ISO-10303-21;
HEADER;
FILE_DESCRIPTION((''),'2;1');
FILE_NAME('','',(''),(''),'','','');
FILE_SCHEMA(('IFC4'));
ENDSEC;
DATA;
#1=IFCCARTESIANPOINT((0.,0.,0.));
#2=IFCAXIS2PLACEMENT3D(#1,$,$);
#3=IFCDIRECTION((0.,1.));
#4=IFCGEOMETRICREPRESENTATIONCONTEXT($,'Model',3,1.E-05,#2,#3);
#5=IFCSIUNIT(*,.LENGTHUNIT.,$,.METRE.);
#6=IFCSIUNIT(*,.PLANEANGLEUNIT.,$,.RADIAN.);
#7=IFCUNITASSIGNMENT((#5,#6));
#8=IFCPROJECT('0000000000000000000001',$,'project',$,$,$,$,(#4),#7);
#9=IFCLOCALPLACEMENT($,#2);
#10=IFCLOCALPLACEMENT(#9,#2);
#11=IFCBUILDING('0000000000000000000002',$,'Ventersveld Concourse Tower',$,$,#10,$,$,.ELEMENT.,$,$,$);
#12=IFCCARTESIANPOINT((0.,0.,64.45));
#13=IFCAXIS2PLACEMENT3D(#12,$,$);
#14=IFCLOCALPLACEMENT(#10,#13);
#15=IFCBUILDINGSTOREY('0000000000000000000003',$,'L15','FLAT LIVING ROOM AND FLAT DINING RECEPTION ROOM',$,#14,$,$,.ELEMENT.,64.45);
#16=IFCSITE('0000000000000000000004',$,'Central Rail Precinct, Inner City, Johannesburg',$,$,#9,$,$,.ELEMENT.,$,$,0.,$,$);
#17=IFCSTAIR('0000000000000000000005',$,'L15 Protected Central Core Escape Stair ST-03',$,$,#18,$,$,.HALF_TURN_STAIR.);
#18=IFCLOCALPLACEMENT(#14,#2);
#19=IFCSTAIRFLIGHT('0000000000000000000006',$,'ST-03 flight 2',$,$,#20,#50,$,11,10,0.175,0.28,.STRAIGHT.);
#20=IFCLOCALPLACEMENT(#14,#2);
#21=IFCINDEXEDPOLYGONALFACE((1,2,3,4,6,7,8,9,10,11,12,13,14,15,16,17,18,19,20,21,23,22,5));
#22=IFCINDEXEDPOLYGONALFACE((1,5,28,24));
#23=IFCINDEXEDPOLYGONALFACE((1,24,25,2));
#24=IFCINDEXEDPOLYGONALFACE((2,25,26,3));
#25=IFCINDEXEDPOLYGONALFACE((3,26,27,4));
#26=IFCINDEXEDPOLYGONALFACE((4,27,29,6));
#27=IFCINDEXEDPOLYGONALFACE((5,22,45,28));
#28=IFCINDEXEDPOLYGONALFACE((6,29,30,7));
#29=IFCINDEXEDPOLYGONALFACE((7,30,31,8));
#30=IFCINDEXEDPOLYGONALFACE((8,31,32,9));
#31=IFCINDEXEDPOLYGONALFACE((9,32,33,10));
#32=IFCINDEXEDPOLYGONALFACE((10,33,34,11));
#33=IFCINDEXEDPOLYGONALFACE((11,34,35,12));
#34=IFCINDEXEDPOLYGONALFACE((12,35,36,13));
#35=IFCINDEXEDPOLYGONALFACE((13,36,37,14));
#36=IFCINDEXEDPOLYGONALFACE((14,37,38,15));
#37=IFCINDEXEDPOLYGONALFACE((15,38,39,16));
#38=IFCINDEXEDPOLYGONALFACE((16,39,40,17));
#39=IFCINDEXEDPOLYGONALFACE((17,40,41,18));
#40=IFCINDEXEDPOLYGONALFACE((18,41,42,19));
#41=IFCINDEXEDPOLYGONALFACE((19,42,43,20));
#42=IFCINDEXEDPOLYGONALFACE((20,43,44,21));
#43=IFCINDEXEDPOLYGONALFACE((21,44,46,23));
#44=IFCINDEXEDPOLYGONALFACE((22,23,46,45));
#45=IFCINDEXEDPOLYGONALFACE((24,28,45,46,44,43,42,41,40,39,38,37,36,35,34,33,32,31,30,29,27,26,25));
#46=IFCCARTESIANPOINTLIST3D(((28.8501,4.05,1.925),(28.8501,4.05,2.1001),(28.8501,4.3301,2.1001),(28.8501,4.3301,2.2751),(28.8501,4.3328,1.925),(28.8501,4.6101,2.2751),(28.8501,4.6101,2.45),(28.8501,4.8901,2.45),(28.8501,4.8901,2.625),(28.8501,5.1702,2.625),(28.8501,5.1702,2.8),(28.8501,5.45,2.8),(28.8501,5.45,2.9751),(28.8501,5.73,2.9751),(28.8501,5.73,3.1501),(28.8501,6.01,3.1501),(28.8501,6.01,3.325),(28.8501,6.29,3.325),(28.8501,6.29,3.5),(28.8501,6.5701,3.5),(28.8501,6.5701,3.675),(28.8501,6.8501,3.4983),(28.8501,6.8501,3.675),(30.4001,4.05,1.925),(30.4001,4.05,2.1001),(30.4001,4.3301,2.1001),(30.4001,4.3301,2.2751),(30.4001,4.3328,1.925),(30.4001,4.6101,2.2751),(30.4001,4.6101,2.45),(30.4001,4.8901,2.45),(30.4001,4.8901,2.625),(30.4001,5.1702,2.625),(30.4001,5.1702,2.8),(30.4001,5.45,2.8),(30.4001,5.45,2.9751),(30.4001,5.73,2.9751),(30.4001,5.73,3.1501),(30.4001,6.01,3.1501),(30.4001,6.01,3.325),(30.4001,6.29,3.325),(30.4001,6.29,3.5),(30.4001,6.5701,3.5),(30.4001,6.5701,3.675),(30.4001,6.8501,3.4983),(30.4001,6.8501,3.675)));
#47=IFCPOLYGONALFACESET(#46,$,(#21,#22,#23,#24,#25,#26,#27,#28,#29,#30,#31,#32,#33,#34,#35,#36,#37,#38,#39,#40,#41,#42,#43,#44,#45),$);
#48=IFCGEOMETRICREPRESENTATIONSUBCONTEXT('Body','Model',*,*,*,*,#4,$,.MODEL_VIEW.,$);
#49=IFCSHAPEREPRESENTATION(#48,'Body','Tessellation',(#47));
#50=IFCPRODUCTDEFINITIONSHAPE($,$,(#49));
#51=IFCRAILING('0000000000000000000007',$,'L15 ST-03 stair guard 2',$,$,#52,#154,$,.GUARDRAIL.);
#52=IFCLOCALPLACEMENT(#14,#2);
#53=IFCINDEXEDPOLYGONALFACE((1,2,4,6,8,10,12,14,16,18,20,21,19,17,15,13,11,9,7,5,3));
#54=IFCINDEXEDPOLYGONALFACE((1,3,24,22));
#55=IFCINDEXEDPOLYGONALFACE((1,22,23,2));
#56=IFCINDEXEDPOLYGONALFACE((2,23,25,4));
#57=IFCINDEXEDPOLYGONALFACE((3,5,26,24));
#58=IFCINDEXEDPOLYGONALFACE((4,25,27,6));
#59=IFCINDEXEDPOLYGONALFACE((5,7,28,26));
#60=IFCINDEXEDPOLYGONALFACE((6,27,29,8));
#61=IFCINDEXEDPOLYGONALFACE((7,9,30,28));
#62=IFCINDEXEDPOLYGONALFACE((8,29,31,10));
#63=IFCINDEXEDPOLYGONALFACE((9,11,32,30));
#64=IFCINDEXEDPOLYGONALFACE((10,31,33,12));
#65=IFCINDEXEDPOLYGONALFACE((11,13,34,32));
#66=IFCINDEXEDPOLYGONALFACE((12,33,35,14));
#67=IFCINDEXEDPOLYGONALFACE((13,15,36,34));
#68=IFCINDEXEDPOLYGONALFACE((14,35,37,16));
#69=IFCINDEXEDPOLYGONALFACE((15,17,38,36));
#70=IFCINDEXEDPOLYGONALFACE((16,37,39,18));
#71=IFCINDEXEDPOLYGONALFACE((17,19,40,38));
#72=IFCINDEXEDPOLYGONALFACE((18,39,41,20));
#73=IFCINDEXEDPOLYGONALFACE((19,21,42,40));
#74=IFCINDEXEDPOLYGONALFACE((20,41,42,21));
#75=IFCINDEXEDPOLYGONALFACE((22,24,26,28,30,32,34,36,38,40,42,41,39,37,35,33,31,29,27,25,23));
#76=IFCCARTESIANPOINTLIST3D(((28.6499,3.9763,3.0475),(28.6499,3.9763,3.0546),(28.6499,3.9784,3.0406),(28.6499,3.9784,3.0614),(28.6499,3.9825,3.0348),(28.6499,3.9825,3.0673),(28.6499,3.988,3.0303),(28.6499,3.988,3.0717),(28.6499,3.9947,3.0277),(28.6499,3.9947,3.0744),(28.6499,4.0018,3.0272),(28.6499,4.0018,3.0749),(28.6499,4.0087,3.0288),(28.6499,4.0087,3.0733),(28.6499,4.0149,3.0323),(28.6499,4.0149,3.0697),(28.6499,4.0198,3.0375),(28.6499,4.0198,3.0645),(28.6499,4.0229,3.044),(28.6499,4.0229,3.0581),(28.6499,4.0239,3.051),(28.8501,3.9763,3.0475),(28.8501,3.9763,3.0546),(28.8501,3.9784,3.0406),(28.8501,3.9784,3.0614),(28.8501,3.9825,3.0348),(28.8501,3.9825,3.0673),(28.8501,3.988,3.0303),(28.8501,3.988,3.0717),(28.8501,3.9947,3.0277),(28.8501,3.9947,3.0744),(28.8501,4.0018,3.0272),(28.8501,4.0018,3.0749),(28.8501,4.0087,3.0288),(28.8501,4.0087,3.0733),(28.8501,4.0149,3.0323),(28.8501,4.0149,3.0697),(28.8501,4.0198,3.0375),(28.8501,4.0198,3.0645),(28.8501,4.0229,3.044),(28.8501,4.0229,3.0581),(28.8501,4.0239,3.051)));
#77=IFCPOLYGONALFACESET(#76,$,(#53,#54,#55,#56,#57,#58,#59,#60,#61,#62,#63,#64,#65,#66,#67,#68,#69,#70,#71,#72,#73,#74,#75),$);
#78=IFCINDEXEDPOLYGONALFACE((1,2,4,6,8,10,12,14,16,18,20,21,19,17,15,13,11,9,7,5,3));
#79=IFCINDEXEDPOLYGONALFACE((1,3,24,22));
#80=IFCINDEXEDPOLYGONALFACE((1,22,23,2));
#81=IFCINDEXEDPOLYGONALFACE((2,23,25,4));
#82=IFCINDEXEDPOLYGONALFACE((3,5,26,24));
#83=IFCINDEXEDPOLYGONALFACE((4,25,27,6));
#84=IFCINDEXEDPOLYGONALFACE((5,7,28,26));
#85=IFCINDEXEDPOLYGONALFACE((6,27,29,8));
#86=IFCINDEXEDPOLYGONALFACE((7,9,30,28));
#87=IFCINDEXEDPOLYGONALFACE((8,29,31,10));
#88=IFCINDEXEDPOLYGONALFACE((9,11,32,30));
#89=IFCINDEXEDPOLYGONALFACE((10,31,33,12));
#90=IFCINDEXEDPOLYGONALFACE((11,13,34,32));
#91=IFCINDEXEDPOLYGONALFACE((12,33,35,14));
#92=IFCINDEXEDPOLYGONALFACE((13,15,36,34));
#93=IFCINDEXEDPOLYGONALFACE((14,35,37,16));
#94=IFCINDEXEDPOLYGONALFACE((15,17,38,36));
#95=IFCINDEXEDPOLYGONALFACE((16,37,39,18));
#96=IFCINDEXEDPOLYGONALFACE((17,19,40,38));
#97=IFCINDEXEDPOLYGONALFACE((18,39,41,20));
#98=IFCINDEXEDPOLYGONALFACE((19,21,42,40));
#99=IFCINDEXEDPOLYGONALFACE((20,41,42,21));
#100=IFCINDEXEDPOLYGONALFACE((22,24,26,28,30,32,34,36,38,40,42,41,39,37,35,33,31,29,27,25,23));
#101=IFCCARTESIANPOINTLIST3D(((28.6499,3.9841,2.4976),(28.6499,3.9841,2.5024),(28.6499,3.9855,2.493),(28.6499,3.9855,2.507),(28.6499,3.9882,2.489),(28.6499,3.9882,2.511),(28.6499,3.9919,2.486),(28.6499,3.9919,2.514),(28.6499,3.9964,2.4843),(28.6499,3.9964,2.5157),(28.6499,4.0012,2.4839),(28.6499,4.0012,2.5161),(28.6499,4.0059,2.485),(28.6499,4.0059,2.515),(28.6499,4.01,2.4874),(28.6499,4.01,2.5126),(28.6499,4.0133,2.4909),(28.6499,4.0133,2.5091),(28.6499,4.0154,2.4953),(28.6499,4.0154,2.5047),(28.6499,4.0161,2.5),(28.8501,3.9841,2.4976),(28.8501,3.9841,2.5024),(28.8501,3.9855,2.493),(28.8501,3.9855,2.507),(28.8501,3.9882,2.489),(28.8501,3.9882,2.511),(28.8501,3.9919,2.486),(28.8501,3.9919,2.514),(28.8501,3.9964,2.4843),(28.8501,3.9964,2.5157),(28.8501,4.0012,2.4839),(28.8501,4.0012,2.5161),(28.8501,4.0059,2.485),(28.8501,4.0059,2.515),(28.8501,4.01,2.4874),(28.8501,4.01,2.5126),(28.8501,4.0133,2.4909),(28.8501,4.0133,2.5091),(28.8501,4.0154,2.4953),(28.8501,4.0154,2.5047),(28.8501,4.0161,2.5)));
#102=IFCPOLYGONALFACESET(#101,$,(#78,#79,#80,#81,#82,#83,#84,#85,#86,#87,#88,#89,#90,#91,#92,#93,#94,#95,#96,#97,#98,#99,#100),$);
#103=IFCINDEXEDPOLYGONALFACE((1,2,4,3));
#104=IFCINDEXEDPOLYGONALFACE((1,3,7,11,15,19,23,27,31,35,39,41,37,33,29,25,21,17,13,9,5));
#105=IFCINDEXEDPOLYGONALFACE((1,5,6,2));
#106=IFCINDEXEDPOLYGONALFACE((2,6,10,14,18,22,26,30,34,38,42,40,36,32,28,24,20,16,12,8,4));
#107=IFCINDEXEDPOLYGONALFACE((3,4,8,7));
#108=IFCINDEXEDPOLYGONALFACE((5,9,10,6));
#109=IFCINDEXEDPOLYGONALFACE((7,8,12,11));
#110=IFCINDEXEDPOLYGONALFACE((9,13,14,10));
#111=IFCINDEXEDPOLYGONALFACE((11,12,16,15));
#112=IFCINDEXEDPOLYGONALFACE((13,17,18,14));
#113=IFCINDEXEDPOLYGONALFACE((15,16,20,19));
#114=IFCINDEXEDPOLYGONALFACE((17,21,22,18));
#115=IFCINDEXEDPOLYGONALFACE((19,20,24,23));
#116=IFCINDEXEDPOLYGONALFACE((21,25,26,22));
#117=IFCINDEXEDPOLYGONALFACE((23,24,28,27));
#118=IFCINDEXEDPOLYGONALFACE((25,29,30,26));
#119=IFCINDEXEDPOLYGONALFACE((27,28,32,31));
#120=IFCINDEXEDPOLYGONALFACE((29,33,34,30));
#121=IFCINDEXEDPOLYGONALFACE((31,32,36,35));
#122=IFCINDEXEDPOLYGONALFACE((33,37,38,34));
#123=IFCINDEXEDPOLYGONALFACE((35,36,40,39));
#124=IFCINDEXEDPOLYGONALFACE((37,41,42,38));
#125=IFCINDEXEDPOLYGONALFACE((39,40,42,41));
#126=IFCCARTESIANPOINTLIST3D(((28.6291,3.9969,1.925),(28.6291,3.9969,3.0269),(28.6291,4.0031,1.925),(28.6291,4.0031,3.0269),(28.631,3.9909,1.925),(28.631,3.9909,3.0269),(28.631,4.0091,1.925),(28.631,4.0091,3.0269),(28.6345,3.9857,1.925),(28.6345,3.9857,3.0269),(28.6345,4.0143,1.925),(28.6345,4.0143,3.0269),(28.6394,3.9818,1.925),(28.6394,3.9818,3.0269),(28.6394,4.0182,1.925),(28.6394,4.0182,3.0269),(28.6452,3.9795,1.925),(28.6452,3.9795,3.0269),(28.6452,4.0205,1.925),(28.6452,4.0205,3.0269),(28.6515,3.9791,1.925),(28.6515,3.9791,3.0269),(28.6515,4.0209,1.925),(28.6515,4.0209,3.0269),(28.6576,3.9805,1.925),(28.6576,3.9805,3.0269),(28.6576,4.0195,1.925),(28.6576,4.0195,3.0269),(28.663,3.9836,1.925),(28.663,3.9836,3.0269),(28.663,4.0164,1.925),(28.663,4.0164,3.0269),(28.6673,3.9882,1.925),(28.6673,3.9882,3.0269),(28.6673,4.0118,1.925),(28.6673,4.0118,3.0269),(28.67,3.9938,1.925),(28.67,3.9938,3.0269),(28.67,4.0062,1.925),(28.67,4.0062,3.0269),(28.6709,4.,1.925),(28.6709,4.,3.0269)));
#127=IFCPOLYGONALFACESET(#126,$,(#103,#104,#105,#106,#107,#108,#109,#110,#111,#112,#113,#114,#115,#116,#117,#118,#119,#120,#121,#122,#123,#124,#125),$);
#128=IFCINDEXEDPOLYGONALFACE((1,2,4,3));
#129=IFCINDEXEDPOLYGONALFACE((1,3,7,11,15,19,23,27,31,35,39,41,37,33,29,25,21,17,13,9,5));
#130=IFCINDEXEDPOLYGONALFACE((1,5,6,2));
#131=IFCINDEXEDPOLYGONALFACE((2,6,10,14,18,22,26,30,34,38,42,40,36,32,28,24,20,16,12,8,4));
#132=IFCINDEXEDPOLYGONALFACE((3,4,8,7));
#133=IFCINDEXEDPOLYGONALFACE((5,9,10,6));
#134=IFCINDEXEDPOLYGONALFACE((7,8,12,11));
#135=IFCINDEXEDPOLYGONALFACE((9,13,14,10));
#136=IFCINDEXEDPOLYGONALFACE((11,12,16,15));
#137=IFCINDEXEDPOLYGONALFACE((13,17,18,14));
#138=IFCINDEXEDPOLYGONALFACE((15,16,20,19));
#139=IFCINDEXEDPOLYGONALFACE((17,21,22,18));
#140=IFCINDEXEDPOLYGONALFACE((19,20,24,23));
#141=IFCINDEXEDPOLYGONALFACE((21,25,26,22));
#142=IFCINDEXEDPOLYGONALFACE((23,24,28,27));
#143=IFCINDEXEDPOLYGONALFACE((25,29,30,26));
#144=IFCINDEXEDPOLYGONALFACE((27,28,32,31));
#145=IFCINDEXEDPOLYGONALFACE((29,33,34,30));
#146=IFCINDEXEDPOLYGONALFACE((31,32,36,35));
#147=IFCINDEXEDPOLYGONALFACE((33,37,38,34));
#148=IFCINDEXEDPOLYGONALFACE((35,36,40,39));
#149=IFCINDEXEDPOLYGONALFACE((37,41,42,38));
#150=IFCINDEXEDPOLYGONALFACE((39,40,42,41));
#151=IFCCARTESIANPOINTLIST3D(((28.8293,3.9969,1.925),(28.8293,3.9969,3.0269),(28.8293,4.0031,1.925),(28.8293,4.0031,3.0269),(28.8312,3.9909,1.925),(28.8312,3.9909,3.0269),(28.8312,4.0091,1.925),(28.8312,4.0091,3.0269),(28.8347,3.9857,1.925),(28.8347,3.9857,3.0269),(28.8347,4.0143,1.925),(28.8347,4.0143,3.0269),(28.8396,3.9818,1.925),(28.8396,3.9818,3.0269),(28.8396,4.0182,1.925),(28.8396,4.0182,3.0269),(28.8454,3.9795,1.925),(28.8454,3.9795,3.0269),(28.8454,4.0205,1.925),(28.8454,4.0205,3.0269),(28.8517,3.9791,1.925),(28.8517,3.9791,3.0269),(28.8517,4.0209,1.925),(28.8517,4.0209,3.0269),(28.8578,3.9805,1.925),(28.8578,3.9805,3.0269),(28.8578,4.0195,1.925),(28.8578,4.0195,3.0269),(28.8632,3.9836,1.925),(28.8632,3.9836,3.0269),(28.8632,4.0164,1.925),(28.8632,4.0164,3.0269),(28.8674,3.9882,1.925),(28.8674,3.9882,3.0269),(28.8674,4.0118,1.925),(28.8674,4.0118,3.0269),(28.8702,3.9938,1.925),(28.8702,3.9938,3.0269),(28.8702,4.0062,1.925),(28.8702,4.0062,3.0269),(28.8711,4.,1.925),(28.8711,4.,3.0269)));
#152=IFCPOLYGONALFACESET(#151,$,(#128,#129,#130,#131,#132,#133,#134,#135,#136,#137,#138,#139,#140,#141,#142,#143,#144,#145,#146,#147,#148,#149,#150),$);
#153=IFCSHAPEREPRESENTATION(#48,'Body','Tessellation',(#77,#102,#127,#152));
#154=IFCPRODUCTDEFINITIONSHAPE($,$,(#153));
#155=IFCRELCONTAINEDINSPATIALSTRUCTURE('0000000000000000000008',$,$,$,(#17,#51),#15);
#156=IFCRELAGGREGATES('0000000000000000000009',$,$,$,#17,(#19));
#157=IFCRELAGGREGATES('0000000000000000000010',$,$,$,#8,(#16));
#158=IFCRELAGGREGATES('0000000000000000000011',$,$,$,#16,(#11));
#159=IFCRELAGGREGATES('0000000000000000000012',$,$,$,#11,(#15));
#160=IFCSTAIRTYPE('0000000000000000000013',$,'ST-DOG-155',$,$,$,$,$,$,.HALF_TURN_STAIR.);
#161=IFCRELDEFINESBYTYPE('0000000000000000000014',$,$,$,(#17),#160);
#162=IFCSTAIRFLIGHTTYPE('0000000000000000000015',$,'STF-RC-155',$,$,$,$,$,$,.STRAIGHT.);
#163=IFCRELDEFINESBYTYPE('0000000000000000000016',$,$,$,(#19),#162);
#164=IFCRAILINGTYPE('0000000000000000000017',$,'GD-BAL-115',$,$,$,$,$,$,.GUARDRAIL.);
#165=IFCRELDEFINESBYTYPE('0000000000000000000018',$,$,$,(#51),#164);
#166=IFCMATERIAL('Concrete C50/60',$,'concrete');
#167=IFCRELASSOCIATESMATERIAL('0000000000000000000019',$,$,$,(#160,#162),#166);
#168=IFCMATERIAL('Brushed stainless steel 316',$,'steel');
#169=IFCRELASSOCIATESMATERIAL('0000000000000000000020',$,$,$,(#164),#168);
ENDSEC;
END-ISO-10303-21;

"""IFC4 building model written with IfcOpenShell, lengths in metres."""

from ifc_helpers import new_model, si_unit, direction, frame, origin, origin_2d, place, context, subcontext, project, spatial, polyline, circle, outline, extrude, material, type_object, element, aggregate, save


model = new_model("IFC4")

# Units and contexts
model_context = context("Model", 3, precision=1e-05, world=origin(), true_north=direction((0.0, 1.0)))
body_context = subcontext(model_context, "Body", "Model", "MODEL_VIEW")
ifc_project = project(units=[si_unit("LENGTHUNIT", "METRE"), si_unit("PLANEANGLEUNIT", "RADIAN")], contexts=[model_context])

# Site, building, storey
site_placement = place(None, origin())
site = spatial("IfcSite", under=ifc_project, at=site_placement, Name="Central Rail Precinct, Inner City, Johannesburg", CompositionType="ELEMENT", RefElevation=0.0)
building_placement = place(site_placement, origin())
building = spatial("IfcBuilding", under=site, at=building_placement, Name="Ventersveld Concourse Tower", CompositionType="ELEMENT")
storey_placement = place(building_placement, frame((0.0, 0.0, 64.45)))
storey = spatial("IfcBuildingStorey", under=building, at=storey_placement, Name="L15", Description="FLAT LIVING ROOM AND FLAT DINING RECEPTION ROOM", CompositionType="ELEMENT", Elevation=64.45)

# Shared definitions
ifc_material_1 = material(Name="Concrete C50/60", Category="concrete")

# Stair, stair flight
stair_type = type_object("IfcStairType", Name="ST-DOG-155", PredefinedType="HALF_TURN_STAIR", material=ifc_material_1)
stair_placement = place(storey_placement, origin())
stair = element("IfcStair", 1, at=stair_placement, inside=storey, type_object=stair_type, Name="L15 Protected Central Core Escape Stair ST-03", PredefinedType="HALF_TURN_STAIR")
stair_flight_type = type_object("IfcStairFlightType", Name="STF-RC-155", PredefinedType="STRAIGHT", material=ifc_material_1)
stair_flight_placement = place(storey_placement, frame((29.625, 4.05, 1.925), z_axis=(0.0, 0.0, 1.0), x_axis=(0.0, 1.0, 0.0)))
stair_flight = element("IfcStairFlight", 2, at=stair_flight_placement, type_object=stair_flight_type, Name="ST-03 flight 2", NumberOfRisers=11, NumberOfTreads=10, PredefinedType="STRAIGHT", RiserHeight=0.175, TreadLength=0.28, context=body_context, shape_type="SweptSolid", body=[
    extrude(outline(polyline([(0.0, 0.0), (0.0, 0.175), (0.28, 0.175), (0.28, 0.3501), (0.5601, 0.3501), (0.5601, 0.5249), (0.8401, 0.5249), (0.8401, 0.7), (1.1201, 0.7), (1.1201, 0.875), (1.3999, 0.875), (1.3999, 1.05), (1.6799, 1.05), (1.6799, 1.2251), (1.96, 1.2251), (1.96, 1.3999), (2.24, 1.3999), (2.24, 1.575), (2.52, 1.575), (2.52, 1.75), (2.8, 1.75), (2.8, 1.925), (2.8, 1.5732), (0.2827, 0.0), (0.0, 0.0)])), frame((0.0, 0.7749, 0.0), z_axis=(0.0, -1.0, 0.0), x_axis=(1.0, 0.0, 0.0)), (0.0, 0.0, 1.0), 1.55),
])
aggregate(stair, [stair_flight])

# Railing
ifc_material_2 = material(Name="Brushed stainless steel 316", Category="steel")
railing_type_1 = type_object("IfcRailingType", Name="GD-BAL-115", PredefinedType="GUARDRAIL", material=ifc_material_2)
railing_1_placement = place(storey_placement, frame((28.6499, 4.0, 1.925)))
element("IfcRailing", 3, at=railing_1_placement, inside=storey, type_object=railing_type_1, Name="L15 ST-03 stair guard 2", PredefinedType="GUARDRAIL", context=body_context, shape_type="SweptSolid", body=[
    extrude(circle(Radius=0.0239, at=origin_2d()), frame((0.0, 0.0, 1.126), z_axis=(1.0, 0.0, 0.0), x_axis=(0.0, 1.0, 0.0)), (0.0, 0.0, 1.0), 0.2002),
    extrude(circle(Radius=0.0161, at=origin_2d()), frame((0.0, 0.0, 0.575), z_axis=(1.0, 0.0, 0.0), x_axis=(0.0, 1.0, 0.0)), (0.0, 0.0, 1.0), 0.2002),
    extrude(circle(Radius=0.021, at=origin_2d()), origin(), (0.0, 0.0, 1.0), 1.1018),
    extrude(circle(Radius=0.021, at=origin_2d()), frame((0.2002, 0.0, 0.0)), (0.0, 0.0, 1.0), 1.1018),
])

save(model, "model.ifc")
